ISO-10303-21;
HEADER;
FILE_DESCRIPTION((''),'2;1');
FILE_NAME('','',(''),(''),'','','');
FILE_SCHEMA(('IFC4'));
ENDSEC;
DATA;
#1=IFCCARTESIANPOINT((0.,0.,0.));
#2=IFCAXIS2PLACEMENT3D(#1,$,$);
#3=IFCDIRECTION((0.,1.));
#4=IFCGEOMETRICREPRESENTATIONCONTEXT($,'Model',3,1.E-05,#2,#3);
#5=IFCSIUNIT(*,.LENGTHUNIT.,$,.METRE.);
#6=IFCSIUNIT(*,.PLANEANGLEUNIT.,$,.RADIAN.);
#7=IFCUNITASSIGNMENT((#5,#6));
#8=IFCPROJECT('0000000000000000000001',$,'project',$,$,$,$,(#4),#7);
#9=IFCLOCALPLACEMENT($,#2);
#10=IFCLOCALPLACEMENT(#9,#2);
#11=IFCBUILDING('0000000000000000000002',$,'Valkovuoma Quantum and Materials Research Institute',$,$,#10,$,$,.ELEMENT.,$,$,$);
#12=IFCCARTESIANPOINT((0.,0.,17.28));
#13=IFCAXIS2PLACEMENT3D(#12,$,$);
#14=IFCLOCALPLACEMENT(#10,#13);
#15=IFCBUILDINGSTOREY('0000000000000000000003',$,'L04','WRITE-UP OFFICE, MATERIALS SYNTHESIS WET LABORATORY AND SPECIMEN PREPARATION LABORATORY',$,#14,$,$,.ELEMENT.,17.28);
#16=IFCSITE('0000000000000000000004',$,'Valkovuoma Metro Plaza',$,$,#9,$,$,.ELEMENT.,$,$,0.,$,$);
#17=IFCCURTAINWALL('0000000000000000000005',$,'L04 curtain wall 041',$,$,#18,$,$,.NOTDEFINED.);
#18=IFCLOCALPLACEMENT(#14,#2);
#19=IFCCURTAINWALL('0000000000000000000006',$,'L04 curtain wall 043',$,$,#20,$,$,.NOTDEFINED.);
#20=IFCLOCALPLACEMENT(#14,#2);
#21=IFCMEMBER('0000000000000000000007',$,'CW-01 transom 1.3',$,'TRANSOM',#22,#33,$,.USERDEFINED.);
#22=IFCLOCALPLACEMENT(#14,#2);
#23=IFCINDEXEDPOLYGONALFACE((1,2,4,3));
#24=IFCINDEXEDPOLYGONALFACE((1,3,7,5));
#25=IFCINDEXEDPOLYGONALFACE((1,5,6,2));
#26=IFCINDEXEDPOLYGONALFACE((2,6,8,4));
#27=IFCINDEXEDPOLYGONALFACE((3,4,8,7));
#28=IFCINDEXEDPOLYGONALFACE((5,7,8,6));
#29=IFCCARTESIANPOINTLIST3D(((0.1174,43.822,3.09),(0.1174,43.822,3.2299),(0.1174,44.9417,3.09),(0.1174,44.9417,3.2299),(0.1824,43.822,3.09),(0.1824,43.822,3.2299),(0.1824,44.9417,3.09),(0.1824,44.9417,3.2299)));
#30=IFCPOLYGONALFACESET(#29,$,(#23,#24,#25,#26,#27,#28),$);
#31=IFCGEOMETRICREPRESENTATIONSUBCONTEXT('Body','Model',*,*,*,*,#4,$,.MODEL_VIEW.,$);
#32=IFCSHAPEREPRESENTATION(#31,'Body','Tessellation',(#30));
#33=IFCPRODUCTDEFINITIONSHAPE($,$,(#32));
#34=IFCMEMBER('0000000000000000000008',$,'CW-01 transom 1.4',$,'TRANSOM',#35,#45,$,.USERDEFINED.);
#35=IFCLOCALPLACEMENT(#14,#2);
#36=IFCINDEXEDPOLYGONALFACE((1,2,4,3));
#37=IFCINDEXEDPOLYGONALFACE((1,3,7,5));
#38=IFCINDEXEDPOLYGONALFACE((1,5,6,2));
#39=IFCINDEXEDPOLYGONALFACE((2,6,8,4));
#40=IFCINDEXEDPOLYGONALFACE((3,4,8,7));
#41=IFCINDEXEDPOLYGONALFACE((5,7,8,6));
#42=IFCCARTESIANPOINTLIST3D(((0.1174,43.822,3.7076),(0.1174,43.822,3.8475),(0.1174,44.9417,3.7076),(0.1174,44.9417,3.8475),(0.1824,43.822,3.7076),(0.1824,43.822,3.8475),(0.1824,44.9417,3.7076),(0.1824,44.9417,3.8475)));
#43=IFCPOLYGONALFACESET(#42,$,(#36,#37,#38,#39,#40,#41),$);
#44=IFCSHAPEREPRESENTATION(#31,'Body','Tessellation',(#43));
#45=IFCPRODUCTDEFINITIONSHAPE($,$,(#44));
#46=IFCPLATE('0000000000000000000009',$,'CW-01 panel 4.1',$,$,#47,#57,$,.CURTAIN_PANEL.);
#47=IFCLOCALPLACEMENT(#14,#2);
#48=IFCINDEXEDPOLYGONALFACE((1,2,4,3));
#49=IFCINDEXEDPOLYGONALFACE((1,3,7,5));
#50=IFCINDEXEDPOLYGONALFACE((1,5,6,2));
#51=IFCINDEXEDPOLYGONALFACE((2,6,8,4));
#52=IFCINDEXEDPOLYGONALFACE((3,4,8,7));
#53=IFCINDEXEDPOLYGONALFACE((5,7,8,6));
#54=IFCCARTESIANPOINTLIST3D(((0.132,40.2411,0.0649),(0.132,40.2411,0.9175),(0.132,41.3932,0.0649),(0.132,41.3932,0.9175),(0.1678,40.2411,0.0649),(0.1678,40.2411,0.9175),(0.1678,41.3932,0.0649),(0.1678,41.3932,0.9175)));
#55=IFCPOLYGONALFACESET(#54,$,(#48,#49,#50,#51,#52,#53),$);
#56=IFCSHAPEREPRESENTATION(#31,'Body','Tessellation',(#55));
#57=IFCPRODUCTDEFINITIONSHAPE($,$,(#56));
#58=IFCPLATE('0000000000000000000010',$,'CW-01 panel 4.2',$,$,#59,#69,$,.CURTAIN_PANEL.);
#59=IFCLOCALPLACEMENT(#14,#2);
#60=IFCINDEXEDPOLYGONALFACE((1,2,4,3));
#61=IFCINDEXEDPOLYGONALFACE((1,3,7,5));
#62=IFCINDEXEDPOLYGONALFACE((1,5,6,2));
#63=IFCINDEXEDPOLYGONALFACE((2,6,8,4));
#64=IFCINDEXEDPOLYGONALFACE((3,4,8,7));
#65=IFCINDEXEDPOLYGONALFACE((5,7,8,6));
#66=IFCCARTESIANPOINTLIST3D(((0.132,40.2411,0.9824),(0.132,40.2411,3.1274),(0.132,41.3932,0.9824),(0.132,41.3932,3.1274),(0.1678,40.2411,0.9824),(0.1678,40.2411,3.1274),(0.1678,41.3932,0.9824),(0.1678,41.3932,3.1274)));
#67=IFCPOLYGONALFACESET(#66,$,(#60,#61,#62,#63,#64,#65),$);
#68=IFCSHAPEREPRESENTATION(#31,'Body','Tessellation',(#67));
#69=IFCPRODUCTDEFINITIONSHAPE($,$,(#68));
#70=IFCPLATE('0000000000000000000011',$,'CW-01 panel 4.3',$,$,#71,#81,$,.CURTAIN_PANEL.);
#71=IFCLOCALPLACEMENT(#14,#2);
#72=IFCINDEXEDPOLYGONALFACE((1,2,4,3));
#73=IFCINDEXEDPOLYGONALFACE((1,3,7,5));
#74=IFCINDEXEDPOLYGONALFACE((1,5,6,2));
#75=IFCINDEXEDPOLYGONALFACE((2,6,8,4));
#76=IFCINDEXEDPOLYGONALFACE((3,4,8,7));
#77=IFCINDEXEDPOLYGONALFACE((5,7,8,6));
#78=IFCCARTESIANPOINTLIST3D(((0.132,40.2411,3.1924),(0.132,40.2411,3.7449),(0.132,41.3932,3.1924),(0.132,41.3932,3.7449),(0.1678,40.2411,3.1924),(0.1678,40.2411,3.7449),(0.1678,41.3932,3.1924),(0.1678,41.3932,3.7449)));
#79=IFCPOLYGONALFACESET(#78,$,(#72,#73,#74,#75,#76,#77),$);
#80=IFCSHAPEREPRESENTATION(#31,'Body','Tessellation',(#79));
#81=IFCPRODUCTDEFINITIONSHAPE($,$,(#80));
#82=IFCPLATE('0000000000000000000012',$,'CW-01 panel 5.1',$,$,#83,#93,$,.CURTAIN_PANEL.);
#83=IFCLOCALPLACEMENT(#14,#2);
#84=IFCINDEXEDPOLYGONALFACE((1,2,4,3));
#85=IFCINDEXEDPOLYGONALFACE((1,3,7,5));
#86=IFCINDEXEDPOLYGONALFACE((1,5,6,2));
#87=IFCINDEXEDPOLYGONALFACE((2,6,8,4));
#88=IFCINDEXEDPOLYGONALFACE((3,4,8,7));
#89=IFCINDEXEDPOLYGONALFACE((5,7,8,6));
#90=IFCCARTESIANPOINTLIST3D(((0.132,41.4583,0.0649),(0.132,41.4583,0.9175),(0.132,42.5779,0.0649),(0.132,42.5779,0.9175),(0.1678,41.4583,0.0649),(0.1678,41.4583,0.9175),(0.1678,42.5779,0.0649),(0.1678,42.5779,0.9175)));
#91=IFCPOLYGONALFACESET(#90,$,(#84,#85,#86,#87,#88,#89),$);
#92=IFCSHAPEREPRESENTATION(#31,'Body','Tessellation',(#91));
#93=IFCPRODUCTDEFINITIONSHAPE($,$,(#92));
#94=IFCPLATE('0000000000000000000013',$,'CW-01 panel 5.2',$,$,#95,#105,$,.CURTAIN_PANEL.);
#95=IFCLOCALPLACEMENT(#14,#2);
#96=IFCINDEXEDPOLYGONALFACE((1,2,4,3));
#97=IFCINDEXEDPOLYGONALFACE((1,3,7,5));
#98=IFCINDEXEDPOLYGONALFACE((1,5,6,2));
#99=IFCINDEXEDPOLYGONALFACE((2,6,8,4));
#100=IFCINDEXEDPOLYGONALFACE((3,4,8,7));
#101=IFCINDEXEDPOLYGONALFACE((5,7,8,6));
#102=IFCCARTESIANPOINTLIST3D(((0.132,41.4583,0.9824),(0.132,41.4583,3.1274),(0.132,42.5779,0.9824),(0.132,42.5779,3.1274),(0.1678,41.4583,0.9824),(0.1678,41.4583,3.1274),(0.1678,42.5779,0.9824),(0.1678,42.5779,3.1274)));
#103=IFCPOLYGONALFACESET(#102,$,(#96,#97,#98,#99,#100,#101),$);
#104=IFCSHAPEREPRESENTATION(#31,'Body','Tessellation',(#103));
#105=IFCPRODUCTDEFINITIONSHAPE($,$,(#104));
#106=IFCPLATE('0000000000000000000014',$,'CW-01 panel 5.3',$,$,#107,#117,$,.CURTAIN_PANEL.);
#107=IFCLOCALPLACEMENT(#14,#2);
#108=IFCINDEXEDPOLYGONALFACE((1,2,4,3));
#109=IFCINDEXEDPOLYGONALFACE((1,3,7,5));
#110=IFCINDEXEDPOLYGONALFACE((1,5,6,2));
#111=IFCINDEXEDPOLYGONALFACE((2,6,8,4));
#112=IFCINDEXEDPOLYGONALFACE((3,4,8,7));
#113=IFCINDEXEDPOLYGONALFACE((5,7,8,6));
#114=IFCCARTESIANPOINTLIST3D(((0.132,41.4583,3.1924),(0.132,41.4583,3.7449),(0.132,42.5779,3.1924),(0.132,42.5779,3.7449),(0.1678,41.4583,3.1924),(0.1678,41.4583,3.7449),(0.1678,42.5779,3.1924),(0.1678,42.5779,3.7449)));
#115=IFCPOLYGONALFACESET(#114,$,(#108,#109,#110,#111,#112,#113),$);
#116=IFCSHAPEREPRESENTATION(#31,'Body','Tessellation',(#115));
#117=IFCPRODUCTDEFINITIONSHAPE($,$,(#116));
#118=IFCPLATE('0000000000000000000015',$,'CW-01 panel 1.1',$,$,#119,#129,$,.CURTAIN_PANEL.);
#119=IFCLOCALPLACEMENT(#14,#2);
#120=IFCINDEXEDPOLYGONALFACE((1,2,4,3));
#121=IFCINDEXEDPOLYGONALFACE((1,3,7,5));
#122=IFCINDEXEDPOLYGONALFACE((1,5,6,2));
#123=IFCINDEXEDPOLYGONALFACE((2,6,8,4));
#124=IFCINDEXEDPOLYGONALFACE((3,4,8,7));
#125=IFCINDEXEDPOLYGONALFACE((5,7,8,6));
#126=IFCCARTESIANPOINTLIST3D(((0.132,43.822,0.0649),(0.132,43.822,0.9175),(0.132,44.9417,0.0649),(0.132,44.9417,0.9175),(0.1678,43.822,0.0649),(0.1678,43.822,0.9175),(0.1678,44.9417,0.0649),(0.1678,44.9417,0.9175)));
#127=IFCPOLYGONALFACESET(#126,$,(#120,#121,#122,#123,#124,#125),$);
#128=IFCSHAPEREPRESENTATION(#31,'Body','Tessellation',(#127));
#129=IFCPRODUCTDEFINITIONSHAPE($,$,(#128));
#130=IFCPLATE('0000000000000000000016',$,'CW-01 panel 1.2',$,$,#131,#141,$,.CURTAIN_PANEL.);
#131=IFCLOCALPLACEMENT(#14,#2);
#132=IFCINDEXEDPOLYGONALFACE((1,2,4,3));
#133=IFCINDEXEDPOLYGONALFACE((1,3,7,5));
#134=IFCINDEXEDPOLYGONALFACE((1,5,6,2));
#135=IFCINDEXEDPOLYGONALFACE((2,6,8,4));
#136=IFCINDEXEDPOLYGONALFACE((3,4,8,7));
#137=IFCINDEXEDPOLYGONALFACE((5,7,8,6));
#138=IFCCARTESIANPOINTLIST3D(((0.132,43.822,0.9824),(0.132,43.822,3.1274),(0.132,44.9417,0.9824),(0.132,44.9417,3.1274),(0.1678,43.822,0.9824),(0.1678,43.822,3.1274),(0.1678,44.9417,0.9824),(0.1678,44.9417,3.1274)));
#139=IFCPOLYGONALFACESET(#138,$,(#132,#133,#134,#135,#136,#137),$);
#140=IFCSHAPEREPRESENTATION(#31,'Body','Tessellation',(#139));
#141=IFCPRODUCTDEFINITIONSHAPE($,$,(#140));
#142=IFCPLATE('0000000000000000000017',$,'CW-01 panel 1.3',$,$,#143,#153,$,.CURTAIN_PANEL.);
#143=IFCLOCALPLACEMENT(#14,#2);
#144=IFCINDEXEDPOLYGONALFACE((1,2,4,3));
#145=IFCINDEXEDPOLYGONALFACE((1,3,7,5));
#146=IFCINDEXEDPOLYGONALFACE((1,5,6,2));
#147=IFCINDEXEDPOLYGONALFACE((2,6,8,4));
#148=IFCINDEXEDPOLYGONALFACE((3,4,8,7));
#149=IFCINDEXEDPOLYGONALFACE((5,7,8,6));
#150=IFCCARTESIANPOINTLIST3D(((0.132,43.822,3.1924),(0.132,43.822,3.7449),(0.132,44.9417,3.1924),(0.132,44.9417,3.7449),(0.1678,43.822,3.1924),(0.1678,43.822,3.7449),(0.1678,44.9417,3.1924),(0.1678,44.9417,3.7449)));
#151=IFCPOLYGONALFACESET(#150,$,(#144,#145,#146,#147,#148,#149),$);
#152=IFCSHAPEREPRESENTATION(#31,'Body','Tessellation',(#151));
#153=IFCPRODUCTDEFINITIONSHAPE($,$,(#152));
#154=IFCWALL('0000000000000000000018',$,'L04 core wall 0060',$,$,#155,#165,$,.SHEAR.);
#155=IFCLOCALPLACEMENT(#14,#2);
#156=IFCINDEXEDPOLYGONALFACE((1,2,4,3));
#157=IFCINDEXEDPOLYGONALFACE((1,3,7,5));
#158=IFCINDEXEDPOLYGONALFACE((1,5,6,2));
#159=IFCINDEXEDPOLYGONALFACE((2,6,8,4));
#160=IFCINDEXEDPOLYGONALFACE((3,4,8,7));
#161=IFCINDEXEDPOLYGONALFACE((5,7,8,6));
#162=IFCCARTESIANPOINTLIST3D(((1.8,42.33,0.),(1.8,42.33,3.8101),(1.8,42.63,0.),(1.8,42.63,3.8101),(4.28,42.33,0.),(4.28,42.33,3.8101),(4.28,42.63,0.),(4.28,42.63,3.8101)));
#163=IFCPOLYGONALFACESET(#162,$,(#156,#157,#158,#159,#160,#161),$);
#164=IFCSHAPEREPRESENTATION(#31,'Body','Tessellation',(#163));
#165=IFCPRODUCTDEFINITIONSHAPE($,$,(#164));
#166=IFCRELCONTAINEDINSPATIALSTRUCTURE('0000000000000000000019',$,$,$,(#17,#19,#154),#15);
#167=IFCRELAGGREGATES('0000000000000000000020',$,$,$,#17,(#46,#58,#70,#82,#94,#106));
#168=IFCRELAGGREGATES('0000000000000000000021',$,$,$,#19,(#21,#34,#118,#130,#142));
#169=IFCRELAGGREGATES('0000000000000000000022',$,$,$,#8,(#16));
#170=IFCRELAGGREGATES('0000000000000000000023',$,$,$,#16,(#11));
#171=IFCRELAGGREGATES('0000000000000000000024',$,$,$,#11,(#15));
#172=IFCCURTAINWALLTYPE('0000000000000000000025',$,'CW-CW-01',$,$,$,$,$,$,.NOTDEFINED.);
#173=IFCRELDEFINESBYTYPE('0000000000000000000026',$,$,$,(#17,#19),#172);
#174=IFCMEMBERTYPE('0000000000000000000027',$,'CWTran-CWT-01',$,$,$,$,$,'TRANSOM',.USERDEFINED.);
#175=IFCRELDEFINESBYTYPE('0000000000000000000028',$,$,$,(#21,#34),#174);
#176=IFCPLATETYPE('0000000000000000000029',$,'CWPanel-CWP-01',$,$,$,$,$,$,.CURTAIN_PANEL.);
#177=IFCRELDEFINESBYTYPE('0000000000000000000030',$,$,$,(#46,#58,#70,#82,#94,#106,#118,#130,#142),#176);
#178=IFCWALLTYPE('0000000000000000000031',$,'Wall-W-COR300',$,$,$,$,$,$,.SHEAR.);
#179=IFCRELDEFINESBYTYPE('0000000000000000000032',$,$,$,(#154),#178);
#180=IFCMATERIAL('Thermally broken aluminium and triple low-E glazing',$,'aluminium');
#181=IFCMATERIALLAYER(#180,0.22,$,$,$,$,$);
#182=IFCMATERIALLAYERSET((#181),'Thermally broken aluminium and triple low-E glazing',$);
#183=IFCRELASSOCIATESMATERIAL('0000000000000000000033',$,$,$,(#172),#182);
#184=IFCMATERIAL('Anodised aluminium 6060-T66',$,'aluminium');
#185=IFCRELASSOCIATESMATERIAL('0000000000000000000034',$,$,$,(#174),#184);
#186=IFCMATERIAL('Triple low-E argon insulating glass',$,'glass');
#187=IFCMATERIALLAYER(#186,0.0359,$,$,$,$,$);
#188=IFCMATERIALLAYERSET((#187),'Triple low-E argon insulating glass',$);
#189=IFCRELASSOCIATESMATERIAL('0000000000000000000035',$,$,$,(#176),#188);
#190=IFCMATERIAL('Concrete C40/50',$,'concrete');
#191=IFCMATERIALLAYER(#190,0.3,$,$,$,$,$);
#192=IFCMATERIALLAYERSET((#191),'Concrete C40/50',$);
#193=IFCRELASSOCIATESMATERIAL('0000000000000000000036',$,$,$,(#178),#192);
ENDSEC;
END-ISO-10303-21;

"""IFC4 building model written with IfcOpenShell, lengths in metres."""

from ifc_helpers import new_model, si_unit, direction, frame, frame_2d, origin, origin_2d, place, context, subcontext, project, spatial, rectangle, extrude, material, layer, layer_set, material_profile, profile_set, type_object, element, aggregate, save


model = new_model("IFC4")

# Units and contexts
model_context = context("Model", 3, precision=1e-05, world=origin(), true_north=direction((0.0, 1.0)))
body_context = subcontext(model_context, "Body", "Model", "MODEL_VIEW")
ifc_project = project(units=[si_unit("LENGTHUNIT", "METRE"), si_unit("PLANEANGLEUNIT", "RADIAN")], contexts=[model_context])

# Site, building, storey
site_placement = place(None, origin())
site = spatial("IfcSite", under=ifc_project, at=site_placement, Name="Valkovuoma Metro Plaza", CompositionType="ELEMENT", RefElevation=0.0)
building_placement = place(site_placement, origin())
building = spatial("IfcBuilding", under=site, at=building_placement, Name="Valkovuoma Quantum and Materials Research Institute", CompositionType="ELEMENT")
storey_placement = place(building_placement, frame((0.0, 0.0, 17.28)))
storey = spatial("IfcBuildingStorey", under=building, at=storey_placement, Name="L04", Description="WRITE-UP OFFICE, MATERIALS SYNTHESIS WET LABORATORY AND SPECIMEN PREPARATION LABORATORY", CompositionType="ELEMENT", Elevation=17.28)

# Curtain wall
ifc_material_1 = material(Name="Thermally broken aluminium and triple low-E glazing", Category="aluminium")
ifc_layer_1 = layer(ifc_material_1, 0.22)
ifc_layer_set_1 = layer_set([ifc_layer_1], Name="Thermally broken aluminium and triple low-E glazing")
curtain_wall_type = type_object("IfcCurtainWallType", Name="CW-CW-01", PredefinedType="NOTDEFINED", material=ifc_layer_set_1)
curtain_wall_1_placement = place(storey_placement, origin())
curtain_wall_1 = element("IfcCurtainWall", 1, at=curtain_wall_1_placement, inside=storey, type_object=curtain_wall_type, Name="L04 curtain wall 041", PredefinedType="NOTDEFINED")

# Curtain wall
curtain_wall_2_placement = place(storey_placement, origin())
curtain_wall_2 = element("IfcCurtainWall", 2, at=curtain_wall_2_placement, inside=storey, type_object=curtain_wall_type, Name="L04 curtain wall 043", PredefinedType="NOTDEFINED")

# Members
ifc_material_2 = material(Name="Anodised aluminium 6060-T66", Category="aluminium")
ifc_material_profile_1 = material_profile(ifc_material_2, rectangle(XDim=0.0649, YDim=0.1399, at=origin_2d()), Name="Anodised aluminium 6060-T66")
ifc_profile_set_1 = profile_set([ifc_material_profile_1], Name="Anodised aluminium 6060-T66")
member_type_1 = type_object("IfcMemberType", Name="CWTran-CWT-01", ElementType="TRANSOM", PredefinedType="USERDEFINED", material=ifc_profile_set_1)
member_1_placement = place(storey_placement, frame((0.1499, 43.822, 3.1599), z_axis=(0.0, 1.0, 0.0), x_axis=(-1.0, 0.0, 0.0)))
member_1 = element("IfcMember", 3, at=member_1_placement, type_object=member_type_1, Name="CW-01 transom 1.3", ObjectType="TRANSOM", PredefinedType="USERDEFINED", context=body_context, shape_type="SweptSolid", body=[
    extrude(rectangle(XDim=0.0649, YDim=0.1399, at=origin_2d()), origin(), (0.0, 0.0, 1.0), 1.1196),
])
member_2_placement = place(storey_placement, frame((0.1499, 43.822, 3.7776), z_axis=(0.0, 1.0, 0.0), x_axis=(-1.0, 0.0, 0.0)))
member_2 = element("IfcMember", 4, at=member_2_placement, type_object=member_type_1, Name="CW-01 transom 1.4", ObjectType="TRANSOM", PredefinedType="USERDEFINED", context=body_context, shape_type="SweptSolid", body=[
    extrude(rectangle(XDim=0.0649, YDim=0.1399, at=origin_2d()), origin(), (0.0, 0.0, 1.0), 1.1196),
])

# Plates
ifc_material_3 = material(Name="Triple low-E argon insulating glass", Category="glass")
ifc_layer_2 = layer(ifc_material_3, 0.0359)
ifc_layer_set_2 = layer_set([ifc_layer_2], Name="Triple low-E argon insulating glass")
plate_type = type_object("IfcPlateType", Name="CWPanel-CWP-01", PredefinedType="CURTAIN_PANEL", material=ifc_layer_set_2)
plate_1_placement = place(storey_placement, frame((0.1499, 40.8171, 0.0649), z_axis=(0.0, 0.0, 1.0), x_axis=(0.0, 1.0, 0.0)))
plate_1 = element("IfcPlate", 5, at=plate_1_placement, type_object=plate_type, Name="CW-01 panel 4.1", PredefinedType="CURTAIN_PANEL", context=body_context, shape_type="SweptSolid", body=[
    extrude(rectangle(XDim=1.1521, YDim=0.0359, at=origin_2d()), origin(), (0.0, 0.0, 1.0), 0.8525),
])
plate_2_placement = place(storey_placement, frame((0.1499, 40.8171, 0.9824), z_axis=(0.0, 0.0, 1.0), x_axis=(0.0, 1.0, 0.0)))
plate_2 = element("IfcPlate", 6, at=plate_2_placement, type_object=plate_type, Name="CW-01 panel 4.2", PredefinedType="CURTAIN_PANEL", context=body_context, shape_type="SweptSolid", body=[
    extrude(rectangle(XDim=1.1521, YDim=0.0359, at=origin_2d()), origin(), (0.0, 0.0, 1.0), 2.145),
])
plate_3_placement = place(storey_placement, frame((0.1499, 40.8171, 3.1924), z_axis=(0.0, 0.0, 1.0), x_axis=(0.0, 1.0, 0.0)))
plate_3 = element("IfcPlate", 7, at=plate_3_placement, type_object=plate_type, Name="CW-01 panel 4.3", PredefinedType="CURTAIN_PANEL", context=body_context, shape_type="SweptSolid", body=[
    extrude(rectangle(XDim=1.1521, YDim=0.0359, at=origin_2d()), origin(), (0.0, 0.0, 1.0), 0.5525),
])
plate_4_placement = place(storey_placement, frame((0.1499, 42.0181, 0.0649), z_axis=(0.0, 0.0, 1.0), x_axis=(0.0, 1.0, 0.0)))
plate_4 = element("IfcPlate", 8, at=plate_4_placement, type_object=plate_type, Name="CW-01 panel 5.1", PredefinedType="CURTAIN_PANEL", context=body_context, shape_type="SweptSolid", body=[
    extrude(rectangle(XDim=1.1196, YDim=0.0359, at=origin_2d()), origin(), (0.0, 0.0, 1.0), 0.8525),
])
plate_5_placement = place(storey_placement, frame((0.1499, 42.0181, 0.9824), z_axis=(0.0, 0.0, 1.0), x_axis=(0.0, 1.0, 0.0)))
plate_5 = element("IfcPlate", 9, at=plate_5_placement, type_object=plate_type, Name="CW-01 panel 5.2", PredefinedType="CURTAIN_PANEL", context=body_context, shape_type="SweptSolid", body=[
    extrude(rectangle(XDim=1.1196, YDim=0.0359, at=origin_2d()), origin(), (0.0, 0.0, 1.0), 2.145),
])
plate_6_placement = place(storey_placement, frame((0.1499, 42.0181, 3.1924), z_axis=(0.0, 0.0, 1.0), x_axis=(0.0, 1.0, 0.0)))
plate_6 = element("IfcPlate", 10, at=plate_6_placement, type_object=plate_type, Name="CW-01 panel 5.3", PredefinedType="CURTAIN_PANEL", context=body_context, shape_type="SweptSolid", body=[
    extrude(rectangle(XDim=1.1196, YDim=0.0359, at=origin_2d()), origin(), (0.0, 0.0, 1.0), 0.5525),
])
aggregate(curtain_wall_1, [plate_1, plate_2, plate_3, plate_4, plate_5, plate_6])
plate_7_placement = place(storey_placement, frame((0.1499, 44.3818, 0.0649), z_axis=(0.0, 0.0, 1.0), x_axis=(0.0, 1.0, 0.0)))
plate_7 = element("IfcPlate", 11, at=plate_7_placement, type_object=plate_type, Name="CW-01 panel 1.1", PredefinedType="CURTAIN_PANEL", context=body_context, shape_type="SweptSolid", body=[
    extrude(rectangle(XDim=1.1196, YDim=0.0359, at=origin_2d()), origin(), (0.0, 0.0, 1.0), 0.8525),
])
plate_8_placement = place(storey_placement, frame((0.1499, 44.3818, 0.9824), z_axis=(0.0, 0.0, 1.0), x_axis=(0.0, 1.0, 0.0)))
plate_8 = element("IfcPlate", 12, at=plate_8_placement, type_object=plate_type, Name="CW-01 panel 1.2", PredefinedType="CURTAIN_PANEL", context=body_context, shape_type="SweptSolid", body=[
    extrude(rectangle(XDim=1.1196, YDim=0.0359, at=origin_2d()), origin(), (0.0, 0.0, 1.0), 2.145),
])
plate_9_placement = place(storey_placement, frame((0.1499, 44.3818, 3.1924), z_axis=(0.0, 0.0, 1.0), x_axis=(0.0, 1.0, 0.0)))
plate_9 = element("IfcPlate", 13, at=plate_9_placement, type_object=plate_type, Name="CW-01 panel 1.3", PredefinedType="CURTAIN_PANEL", context=body_context, shape_type="SweptSolid", body=[
    extrude(rectangle(XDim=1.1196, YDim=0.0359, at=origin_2d()), origin(), (0.0, 0.0, 1.0), 0.5525),
])
aggregate(curtain_wall_2, [member_1, member_2, plate_7, plate_8, plate_9])

# Wall
ifc_material_4 = material(Name="Concrete C40/50", Category="concrete")
ifc_layer_3 = layer(ifc_material_4, 0.3)
ifc_layer_set_3 = layer_set([ifc_layer_3], Name="Concrete C40/50")
wall_type = type_object("IfcWallType", Name="Wall-W-COR300", PredefinedType="SHEAR", material=ifc_layer_set_3)
wall_placement = place(storey_placement, frame((1.8, 42.48, 0.0), z_axis=(0.0, 0.0, 1.0), x_axis=(1.0, 0.0, 0.0)))
element("IfcWall", 14, at=wall_placement, inside=storey, type_object=wall_type, Name="L04 core wall 0060", PredefinedType="SHEAR", context=body_context, shape_type="SweptSolid", body=[
    extrude(rectangle(XDim=2.48, YDim=0.3, at=frame_2d((1.24, 0.0))), origin(), (0.0, 0.0, 1.0), 3.8101),
])

save(model, "model.ifc")
